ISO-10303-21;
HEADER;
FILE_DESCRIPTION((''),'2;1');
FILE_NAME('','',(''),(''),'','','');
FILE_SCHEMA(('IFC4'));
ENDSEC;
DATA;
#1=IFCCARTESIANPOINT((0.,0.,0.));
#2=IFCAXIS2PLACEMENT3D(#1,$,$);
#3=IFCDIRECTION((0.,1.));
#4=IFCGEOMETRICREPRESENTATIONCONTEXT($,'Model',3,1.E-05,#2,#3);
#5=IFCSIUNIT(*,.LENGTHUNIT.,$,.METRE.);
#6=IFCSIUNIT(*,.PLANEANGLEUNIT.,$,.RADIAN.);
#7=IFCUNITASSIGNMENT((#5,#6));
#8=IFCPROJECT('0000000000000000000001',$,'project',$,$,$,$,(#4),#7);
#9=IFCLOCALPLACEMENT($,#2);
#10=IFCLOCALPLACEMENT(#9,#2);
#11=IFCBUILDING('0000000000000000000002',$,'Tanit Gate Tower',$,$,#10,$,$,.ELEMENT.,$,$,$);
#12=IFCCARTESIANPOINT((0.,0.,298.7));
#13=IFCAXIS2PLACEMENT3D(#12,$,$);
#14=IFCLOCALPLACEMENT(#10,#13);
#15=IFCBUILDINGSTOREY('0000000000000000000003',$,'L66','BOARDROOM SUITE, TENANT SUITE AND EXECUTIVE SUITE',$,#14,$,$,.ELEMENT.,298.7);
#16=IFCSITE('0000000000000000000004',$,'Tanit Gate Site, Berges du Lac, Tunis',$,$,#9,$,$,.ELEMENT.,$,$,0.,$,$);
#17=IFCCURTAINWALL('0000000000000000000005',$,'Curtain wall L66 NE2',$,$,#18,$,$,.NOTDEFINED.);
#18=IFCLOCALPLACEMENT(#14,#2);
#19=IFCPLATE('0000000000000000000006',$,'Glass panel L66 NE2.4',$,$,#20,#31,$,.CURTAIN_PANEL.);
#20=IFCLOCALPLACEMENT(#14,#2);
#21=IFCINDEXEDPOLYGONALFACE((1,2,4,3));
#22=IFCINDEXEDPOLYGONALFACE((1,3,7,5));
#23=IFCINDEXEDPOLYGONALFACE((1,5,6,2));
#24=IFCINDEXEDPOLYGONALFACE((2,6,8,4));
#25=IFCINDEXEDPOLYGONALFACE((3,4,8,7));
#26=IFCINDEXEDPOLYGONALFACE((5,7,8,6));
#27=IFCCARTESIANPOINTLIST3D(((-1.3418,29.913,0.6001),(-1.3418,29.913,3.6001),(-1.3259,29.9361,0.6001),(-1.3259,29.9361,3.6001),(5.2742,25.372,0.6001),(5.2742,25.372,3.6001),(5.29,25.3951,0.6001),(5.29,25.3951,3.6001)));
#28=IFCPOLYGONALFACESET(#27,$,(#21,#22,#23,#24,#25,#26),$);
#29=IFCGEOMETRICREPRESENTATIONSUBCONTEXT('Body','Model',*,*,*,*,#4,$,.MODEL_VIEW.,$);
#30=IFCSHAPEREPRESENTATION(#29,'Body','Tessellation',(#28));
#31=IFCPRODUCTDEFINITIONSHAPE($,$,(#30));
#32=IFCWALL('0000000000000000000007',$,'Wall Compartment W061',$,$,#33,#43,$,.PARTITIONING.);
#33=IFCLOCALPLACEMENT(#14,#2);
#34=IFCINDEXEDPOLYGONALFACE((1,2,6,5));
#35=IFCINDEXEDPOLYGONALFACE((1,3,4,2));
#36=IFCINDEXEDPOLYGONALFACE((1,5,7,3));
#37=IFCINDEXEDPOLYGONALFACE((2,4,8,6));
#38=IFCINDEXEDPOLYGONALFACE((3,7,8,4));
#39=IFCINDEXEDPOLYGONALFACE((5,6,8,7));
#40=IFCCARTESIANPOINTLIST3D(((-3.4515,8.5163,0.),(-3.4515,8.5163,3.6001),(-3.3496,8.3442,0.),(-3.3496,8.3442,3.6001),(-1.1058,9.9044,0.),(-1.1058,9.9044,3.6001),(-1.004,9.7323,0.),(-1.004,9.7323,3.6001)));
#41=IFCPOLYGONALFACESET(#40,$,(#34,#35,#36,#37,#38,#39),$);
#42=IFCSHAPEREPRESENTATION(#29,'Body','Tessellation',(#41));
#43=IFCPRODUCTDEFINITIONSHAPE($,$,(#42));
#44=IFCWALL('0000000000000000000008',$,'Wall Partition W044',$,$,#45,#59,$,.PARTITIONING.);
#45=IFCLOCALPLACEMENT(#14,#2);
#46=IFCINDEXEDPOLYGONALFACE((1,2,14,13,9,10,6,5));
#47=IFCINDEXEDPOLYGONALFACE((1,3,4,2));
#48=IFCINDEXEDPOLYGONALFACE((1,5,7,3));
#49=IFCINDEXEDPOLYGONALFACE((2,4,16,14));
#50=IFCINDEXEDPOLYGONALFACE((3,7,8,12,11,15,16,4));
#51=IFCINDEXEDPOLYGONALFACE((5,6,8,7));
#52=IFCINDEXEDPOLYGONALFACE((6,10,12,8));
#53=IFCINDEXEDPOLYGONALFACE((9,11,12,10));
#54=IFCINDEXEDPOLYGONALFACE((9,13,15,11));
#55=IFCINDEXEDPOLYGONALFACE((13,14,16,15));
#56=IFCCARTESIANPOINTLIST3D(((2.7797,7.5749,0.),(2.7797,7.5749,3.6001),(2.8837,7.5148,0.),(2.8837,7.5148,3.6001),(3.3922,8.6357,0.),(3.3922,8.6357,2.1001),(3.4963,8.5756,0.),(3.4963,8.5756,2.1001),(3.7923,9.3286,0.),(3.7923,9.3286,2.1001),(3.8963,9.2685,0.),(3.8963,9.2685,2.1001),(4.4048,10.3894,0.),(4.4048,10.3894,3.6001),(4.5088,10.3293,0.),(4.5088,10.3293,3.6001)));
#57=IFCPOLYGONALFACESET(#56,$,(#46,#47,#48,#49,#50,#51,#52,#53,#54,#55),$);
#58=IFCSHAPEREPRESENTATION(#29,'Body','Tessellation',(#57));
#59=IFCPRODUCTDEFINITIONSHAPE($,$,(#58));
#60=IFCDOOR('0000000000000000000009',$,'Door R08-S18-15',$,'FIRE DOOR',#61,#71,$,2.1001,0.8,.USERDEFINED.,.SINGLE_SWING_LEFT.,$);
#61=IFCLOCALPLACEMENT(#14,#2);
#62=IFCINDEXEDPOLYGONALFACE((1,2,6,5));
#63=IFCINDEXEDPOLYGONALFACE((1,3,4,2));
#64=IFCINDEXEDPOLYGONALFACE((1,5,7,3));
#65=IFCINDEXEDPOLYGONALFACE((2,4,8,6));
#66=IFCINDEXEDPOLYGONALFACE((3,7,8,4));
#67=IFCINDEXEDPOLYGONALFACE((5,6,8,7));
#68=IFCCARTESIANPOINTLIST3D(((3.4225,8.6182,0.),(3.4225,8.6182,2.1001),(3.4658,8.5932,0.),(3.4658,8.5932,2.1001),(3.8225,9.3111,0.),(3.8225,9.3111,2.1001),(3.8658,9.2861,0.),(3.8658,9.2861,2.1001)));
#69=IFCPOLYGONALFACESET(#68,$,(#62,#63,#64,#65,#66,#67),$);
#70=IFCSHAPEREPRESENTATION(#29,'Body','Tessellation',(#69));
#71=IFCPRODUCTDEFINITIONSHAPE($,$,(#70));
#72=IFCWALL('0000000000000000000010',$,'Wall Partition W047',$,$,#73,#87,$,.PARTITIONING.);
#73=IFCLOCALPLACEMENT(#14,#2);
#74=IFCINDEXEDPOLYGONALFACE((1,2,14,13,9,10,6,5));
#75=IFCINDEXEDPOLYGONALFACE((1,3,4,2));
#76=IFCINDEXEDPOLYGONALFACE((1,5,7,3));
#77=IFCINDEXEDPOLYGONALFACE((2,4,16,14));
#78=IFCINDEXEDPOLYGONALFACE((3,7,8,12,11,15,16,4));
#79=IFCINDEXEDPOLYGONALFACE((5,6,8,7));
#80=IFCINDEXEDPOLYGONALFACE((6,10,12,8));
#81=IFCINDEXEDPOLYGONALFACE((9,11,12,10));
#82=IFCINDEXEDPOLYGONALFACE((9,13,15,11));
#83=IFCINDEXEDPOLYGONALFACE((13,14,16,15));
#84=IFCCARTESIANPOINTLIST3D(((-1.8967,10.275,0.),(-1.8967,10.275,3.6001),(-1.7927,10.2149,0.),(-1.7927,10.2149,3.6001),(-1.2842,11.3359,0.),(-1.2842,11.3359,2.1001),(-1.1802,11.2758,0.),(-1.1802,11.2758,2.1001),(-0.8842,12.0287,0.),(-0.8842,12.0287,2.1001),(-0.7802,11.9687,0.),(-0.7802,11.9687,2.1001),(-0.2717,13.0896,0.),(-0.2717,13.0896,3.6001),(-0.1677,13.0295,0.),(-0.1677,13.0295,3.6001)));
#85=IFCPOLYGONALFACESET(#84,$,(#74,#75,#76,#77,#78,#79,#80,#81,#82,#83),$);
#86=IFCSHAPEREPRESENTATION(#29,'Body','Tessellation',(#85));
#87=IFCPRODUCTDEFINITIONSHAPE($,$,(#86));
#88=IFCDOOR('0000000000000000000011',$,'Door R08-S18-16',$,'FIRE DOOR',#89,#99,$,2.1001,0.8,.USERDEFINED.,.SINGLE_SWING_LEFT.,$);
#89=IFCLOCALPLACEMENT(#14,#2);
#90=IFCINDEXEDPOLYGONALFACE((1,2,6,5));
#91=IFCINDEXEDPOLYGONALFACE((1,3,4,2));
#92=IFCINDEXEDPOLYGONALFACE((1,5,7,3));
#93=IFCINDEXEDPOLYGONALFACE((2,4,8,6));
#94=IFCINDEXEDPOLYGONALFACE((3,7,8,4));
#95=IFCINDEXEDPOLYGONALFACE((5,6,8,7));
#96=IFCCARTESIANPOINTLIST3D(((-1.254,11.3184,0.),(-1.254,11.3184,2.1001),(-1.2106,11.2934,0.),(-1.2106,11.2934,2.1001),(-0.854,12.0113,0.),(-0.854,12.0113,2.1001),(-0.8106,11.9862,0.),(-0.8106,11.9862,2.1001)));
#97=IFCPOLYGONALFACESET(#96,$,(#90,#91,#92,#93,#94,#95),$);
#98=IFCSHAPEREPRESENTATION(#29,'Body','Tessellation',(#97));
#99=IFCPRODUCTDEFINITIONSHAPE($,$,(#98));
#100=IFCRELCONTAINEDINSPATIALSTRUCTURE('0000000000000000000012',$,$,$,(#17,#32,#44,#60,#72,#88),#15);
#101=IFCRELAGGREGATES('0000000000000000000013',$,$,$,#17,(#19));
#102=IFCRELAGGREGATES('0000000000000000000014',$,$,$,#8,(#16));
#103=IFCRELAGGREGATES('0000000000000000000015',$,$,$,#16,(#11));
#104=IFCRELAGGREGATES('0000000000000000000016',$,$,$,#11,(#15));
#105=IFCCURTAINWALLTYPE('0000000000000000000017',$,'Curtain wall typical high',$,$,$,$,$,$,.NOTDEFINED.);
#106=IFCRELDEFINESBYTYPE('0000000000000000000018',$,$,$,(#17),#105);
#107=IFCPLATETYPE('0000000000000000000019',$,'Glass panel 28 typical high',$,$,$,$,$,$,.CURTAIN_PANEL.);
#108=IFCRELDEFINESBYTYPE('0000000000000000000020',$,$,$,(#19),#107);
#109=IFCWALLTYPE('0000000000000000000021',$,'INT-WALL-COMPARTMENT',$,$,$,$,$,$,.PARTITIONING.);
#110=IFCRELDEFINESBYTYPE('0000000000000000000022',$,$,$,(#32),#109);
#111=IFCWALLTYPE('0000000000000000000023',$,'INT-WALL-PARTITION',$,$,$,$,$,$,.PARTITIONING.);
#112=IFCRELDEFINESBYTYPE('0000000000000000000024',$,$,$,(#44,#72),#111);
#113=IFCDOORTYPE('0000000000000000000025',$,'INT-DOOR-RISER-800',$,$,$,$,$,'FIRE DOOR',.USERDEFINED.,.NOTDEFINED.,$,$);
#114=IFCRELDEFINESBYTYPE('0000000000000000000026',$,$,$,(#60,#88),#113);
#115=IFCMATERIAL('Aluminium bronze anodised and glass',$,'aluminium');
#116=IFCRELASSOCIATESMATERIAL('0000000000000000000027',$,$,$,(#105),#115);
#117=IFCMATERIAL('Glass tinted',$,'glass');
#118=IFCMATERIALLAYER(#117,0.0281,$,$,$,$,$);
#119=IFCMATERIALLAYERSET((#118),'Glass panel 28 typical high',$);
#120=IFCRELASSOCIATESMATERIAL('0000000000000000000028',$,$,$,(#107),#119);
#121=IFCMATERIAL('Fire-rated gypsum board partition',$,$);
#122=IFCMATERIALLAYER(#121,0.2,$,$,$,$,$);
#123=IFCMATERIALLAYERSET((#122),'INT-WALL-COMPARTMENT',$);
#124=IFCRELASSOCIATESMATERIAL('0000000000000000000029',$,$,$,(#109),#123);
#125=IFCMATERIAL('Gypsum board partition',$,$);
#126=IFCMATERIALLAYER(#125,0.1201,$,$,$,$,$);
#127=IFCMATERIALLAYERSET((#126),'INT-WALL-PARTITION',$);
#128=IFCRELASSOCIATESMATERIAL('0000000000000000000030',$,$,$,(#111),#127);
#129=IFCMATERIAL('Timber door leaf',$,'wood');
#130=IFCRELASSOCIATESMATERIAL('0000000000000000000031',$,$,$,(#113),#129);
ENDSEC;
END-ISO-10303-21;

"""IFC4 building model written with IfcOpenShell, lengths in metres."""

from ifc_helpers import new_model, si_unit, direction, frame, frame_2d, origin, origin_2d, place, context, subcontext, project, spatial, rectangle, extrude, material, layer, layer_set, type_object, element, fill, aggregate, save


model = new_model("IFC4")

# Units and contexts
model_context = context("Model", 3, precision=1e-05, world=origin(), true_north=direction((0.0, 1.0)))
body_context = subcontext(model_context, "Body", "Model", "MODEL_VIEW")
ifc_project = project(units=[si_unit("LENGTHUNIT", "METRE"), si_unit("PLANEANGLEUNIT", "RADIAN")], contexts=[model_context])

# Site, building, storey
site_placement = place(None, origin())
site = spatial("IfcSite", under=ifc_project, at=site_placement, Name="Tanit Gate Site, Berges du Lac, Tunis", CompositionType="ELEMENT", RefElevation=0.0)
building_placement = place(site_placement, origin())
building = spatial("IfcBuilding", under=site, at=building_placement, Name="Tanit Gate Tower", CompositionType="ELEMENT")
storey_placement = place(building_placement, frame((0.0, 0.0, 298.7)))
storey = spatial("IfcBuildingStorey", under=building, at=storey_placement, Name="L66", Description="BOARDROOM SUITE, TENANT SUITE AND EXECUTIVE SUITE", CompositionType="ELEMENT", Elevation=298.7)

# Curtain wall
ifc_material_1 = material(Name="Aluminium bronze anodised and glass", Category="aluminium")
curtain_wall_type = type_object("IfcCurtainWallType", Name="Curtain wall typical high", PredefinedType="NOTDEFINED", material=ifc_material_1)
curtain_wall_placement = place(storey_placement, origin())
curtain_wall = element("IfcCurtainWall", 1, at=curtain_wall_placement, inside=storey, type_object=curtain_wall_type, Name="Curtain wall L66 NE2", PredefinedType="NOTDEFINED")

# Plate
ifc_material_2 = material(Name="Glass tinted", Category="glass")
ifc_layer_1 = layer(ifc_material_2, 0.0281)
ifc_layer_set_1 = layer_set([ifc_layer_1], Name="Glass panel 28 typical high")
plate_type = type_object("IfcPlateType", Name="Glass panel 28 typical high", PredefinedType="CURTAIN_PANEL", material=ifc_layer_set_1)
plate_1_placement = place(storey_placement, frame((1.9741, 27.6541, 0.6001), z_axis=(0.0, 0.0, 1.0), x_axis=(-0.824479, 0.565893, 0.0)))
plate_1 = element("IfcPlate", 2, at=plate_1_placement, type_object=plate_type, Name="Glass panel L66 NE2.4", PredefinedType="CURTAIN_PANEL", context=body_context, shape_type="SweptSolid", body=[
    extrude(rectangle(XDim=8.0244, YDim=0.0281, at=origin_2d()), origin(), (0.0, 0.0, 1.0), 3.0),
])
aggregate(curtain_wall, [plate_1])

# Wall
ifc_material_3 = material(Name="Fire-rated gypsum board partition")
ifc_layer_2 = layer(ifc_material_3, 0.2)
ifc_layer_set_2 = layer_set([ifc_layer_2], Name="INT-WALL-COMPARTMENT")
wall_type_1 = type_object("IfcWallType", Name="INT-WALL-COMPARTMENT", PredefinedType="PARTITIONING", material=ifc_layer_set_2)
wall_1_placement = place(storey_placement, frame((-1.0549, 9.8184, 0.0), z_axis=(0.0, 0.0, 1.0), x_axis=(-0.860591, -0.509297, 0.0)))
element("IfcWall", 3, at=wall_1_placement, inside=storey, type_object=wall_type_1, Name="Wall Compartment W061", PredefinedType="PARTITIONING", context=body_context, shape_type="SweptSolid", body=[
    extrude(rectangle(XDim=2.7256, YDim=0.2, at=frame_2d((1.3628, 0.0))), origin(), (0.0, 0.0, 1.0), 3.6001),
])

# Walls, openings, doors
ifc_material_4 = material(Name="Gypsum board partition")
ifc_layer_3 = layer(ifc_material_4, 0.1201)
ifc_layer_set_3 = layer_set([ifc_layer_3], Name="INT-WALL-PARTITION")
wall_type_2 = type_object("IfcWallType", Name="INT-WALL-PARTITION", PredefinedType="PARTITIONING", material=ifc_layer_set_3)
wall_2_placement = place(storey_placement, frame((4.4568, 10.3594, 0.0), z_axis=(0.0, 0.0, 1.0), x_axis=(-0.500017, -0.866015, 0.0)))
wall_2 = element("IfcWall", 4, at=wall_2_placement, inside=storey, type_object=wall_type_2, Name="Wall Partition W044", PredefinedType="PARTITIONING", context=body_context, shape_type="SweptSolid", body=[
    extrude(rectangle(XDim=3.25, YDim=0.1201, at=frame_2d((1.625, 0.0))), origin(), (0.0, 0.0, 1.0), 3.6001),
])
opening_1_placement = place(wall_2_placement, frame((1.2251, 0.0, 0.0)))
opening_1 = element("IfcOpeningElement", 5, at=opening_1_placement, cuts=wall_2, PredefinedType="OPENING", context=body_context, shape_type="SweptSolid", body=[
    extrude(rectangle(XDim=0.8, YDim=2.1001, at=frame_2d((0.3999, 1.05))), frame((0.0, 0.0701, 0.0), z_axis=(0.0, -1.0, 0.0), x_axis=(1.0, 0.0, 0.0)), (0.0, 0.0, 1.0), 0.1401),
])
ifc_material_5 = material(Name="Timber door leaf", Category="wood")
door_type = type_object("IfcDoorType", Name="INT-DOOR-RISER-800", ElementType="FIRE DOOR", OperationType="NOTDEFINED", PredefinedType="USERDEFINED", material=ifc_material_5)
door_1_placement = place(opening_1_placement, origin())
door_1 = element("IfcDoor", 6, at=door_1_placement, inside=storey, type_object=door_type, Name="Door R08-S18-15", ObjectType="FIRE DOOR", OperationType="SINGLE_SWING_LEFT", OverallHeight=2.1001, OverallWidth=0.8, PredefinedType="USERDEFINED", context=body_context, shape_type="SweptSolid", body=[
    extrude(rectangle(XDim=0.8, YDim=2.1001, at=frame_2d((0.3999, 1.05))), frame((0.0, 0.0249, 0.0), z_axis=(0.0, -1.0, 0.0), x_axis=(1.0, 0.0, 0.0)), (0.0, 0.0, 1.0), 0.05),
])
fill(opening_1, door_1)
wall_3_placement = place(storey_placement, frame((-0.2197, 13.0596, 0.0), z_axis=(0.0, 0.0, 1.0), x_axis=(-0.499985, -0.866034, 0.0)))
wall_3 = element("IfcWall", 7, at=wall_3_placement, inside=storey, type_object=wall_type_2, Name="Wall Partition W047", PredefinedType="PARTITIONING", context=body_context, shape_type="SweptSolid", body=[
    extrude(rectangle(XDim=3.25, YDim=0.1201, at=frame_2d((1.625, 0.0))), origin(), (0.0, 0.0, 1.0), 3.6001),
])
opening_2_placement = place(wall_3_placement, frame((1.2251, 0.0, 0.0)))
opening_2 = element("IfcOpeningElement", 8, at=opening_2_placement, cuts=wall_3, PredefinedType="OPENING", context=body_context, shape_type="SweptSolid", body=[
    extrude(rectangle(XDim=0.8, YDim=2.1001, at=frame_2d((0.3999, 1.05))), frame((0.0, 0.0701, 0.0), z_axis=(0.0, -1.0, 0.0), x_axis=(1.0, 0.0, 0.0)), (0.0, 0.0, 1.0), 0.1401),
])
door_2_placement = place(opening_2_placement, origin())
door_2 = element("IfcDoor", 9, at=door_2_placement, inside=storey, type_object=door_type, Name="Door R08-S18-16", ObjectType="FIRE DOOR", OperationType="SINGLE_SWING_LEFT", OverallHeight=2.1001, OverallWidth=0.8, PredefinedType="USERDEFINED", context=body_context, shape_type="SweptSolid", body=[
    extrude(rectangle(XDim=0.8, YDim=2.1001, at=frame_2d((0.3999, 1.05))), frame((0.0, 0.0249, 0.0), z_axis=(0.0, -1.0, 0.0), x_axis=(1.0, 0.0, 0.0)), (0.0, 0.0, 1.0), 0.05),
])
fill(opening_2, door_2)

save(model, "model.ifc")
